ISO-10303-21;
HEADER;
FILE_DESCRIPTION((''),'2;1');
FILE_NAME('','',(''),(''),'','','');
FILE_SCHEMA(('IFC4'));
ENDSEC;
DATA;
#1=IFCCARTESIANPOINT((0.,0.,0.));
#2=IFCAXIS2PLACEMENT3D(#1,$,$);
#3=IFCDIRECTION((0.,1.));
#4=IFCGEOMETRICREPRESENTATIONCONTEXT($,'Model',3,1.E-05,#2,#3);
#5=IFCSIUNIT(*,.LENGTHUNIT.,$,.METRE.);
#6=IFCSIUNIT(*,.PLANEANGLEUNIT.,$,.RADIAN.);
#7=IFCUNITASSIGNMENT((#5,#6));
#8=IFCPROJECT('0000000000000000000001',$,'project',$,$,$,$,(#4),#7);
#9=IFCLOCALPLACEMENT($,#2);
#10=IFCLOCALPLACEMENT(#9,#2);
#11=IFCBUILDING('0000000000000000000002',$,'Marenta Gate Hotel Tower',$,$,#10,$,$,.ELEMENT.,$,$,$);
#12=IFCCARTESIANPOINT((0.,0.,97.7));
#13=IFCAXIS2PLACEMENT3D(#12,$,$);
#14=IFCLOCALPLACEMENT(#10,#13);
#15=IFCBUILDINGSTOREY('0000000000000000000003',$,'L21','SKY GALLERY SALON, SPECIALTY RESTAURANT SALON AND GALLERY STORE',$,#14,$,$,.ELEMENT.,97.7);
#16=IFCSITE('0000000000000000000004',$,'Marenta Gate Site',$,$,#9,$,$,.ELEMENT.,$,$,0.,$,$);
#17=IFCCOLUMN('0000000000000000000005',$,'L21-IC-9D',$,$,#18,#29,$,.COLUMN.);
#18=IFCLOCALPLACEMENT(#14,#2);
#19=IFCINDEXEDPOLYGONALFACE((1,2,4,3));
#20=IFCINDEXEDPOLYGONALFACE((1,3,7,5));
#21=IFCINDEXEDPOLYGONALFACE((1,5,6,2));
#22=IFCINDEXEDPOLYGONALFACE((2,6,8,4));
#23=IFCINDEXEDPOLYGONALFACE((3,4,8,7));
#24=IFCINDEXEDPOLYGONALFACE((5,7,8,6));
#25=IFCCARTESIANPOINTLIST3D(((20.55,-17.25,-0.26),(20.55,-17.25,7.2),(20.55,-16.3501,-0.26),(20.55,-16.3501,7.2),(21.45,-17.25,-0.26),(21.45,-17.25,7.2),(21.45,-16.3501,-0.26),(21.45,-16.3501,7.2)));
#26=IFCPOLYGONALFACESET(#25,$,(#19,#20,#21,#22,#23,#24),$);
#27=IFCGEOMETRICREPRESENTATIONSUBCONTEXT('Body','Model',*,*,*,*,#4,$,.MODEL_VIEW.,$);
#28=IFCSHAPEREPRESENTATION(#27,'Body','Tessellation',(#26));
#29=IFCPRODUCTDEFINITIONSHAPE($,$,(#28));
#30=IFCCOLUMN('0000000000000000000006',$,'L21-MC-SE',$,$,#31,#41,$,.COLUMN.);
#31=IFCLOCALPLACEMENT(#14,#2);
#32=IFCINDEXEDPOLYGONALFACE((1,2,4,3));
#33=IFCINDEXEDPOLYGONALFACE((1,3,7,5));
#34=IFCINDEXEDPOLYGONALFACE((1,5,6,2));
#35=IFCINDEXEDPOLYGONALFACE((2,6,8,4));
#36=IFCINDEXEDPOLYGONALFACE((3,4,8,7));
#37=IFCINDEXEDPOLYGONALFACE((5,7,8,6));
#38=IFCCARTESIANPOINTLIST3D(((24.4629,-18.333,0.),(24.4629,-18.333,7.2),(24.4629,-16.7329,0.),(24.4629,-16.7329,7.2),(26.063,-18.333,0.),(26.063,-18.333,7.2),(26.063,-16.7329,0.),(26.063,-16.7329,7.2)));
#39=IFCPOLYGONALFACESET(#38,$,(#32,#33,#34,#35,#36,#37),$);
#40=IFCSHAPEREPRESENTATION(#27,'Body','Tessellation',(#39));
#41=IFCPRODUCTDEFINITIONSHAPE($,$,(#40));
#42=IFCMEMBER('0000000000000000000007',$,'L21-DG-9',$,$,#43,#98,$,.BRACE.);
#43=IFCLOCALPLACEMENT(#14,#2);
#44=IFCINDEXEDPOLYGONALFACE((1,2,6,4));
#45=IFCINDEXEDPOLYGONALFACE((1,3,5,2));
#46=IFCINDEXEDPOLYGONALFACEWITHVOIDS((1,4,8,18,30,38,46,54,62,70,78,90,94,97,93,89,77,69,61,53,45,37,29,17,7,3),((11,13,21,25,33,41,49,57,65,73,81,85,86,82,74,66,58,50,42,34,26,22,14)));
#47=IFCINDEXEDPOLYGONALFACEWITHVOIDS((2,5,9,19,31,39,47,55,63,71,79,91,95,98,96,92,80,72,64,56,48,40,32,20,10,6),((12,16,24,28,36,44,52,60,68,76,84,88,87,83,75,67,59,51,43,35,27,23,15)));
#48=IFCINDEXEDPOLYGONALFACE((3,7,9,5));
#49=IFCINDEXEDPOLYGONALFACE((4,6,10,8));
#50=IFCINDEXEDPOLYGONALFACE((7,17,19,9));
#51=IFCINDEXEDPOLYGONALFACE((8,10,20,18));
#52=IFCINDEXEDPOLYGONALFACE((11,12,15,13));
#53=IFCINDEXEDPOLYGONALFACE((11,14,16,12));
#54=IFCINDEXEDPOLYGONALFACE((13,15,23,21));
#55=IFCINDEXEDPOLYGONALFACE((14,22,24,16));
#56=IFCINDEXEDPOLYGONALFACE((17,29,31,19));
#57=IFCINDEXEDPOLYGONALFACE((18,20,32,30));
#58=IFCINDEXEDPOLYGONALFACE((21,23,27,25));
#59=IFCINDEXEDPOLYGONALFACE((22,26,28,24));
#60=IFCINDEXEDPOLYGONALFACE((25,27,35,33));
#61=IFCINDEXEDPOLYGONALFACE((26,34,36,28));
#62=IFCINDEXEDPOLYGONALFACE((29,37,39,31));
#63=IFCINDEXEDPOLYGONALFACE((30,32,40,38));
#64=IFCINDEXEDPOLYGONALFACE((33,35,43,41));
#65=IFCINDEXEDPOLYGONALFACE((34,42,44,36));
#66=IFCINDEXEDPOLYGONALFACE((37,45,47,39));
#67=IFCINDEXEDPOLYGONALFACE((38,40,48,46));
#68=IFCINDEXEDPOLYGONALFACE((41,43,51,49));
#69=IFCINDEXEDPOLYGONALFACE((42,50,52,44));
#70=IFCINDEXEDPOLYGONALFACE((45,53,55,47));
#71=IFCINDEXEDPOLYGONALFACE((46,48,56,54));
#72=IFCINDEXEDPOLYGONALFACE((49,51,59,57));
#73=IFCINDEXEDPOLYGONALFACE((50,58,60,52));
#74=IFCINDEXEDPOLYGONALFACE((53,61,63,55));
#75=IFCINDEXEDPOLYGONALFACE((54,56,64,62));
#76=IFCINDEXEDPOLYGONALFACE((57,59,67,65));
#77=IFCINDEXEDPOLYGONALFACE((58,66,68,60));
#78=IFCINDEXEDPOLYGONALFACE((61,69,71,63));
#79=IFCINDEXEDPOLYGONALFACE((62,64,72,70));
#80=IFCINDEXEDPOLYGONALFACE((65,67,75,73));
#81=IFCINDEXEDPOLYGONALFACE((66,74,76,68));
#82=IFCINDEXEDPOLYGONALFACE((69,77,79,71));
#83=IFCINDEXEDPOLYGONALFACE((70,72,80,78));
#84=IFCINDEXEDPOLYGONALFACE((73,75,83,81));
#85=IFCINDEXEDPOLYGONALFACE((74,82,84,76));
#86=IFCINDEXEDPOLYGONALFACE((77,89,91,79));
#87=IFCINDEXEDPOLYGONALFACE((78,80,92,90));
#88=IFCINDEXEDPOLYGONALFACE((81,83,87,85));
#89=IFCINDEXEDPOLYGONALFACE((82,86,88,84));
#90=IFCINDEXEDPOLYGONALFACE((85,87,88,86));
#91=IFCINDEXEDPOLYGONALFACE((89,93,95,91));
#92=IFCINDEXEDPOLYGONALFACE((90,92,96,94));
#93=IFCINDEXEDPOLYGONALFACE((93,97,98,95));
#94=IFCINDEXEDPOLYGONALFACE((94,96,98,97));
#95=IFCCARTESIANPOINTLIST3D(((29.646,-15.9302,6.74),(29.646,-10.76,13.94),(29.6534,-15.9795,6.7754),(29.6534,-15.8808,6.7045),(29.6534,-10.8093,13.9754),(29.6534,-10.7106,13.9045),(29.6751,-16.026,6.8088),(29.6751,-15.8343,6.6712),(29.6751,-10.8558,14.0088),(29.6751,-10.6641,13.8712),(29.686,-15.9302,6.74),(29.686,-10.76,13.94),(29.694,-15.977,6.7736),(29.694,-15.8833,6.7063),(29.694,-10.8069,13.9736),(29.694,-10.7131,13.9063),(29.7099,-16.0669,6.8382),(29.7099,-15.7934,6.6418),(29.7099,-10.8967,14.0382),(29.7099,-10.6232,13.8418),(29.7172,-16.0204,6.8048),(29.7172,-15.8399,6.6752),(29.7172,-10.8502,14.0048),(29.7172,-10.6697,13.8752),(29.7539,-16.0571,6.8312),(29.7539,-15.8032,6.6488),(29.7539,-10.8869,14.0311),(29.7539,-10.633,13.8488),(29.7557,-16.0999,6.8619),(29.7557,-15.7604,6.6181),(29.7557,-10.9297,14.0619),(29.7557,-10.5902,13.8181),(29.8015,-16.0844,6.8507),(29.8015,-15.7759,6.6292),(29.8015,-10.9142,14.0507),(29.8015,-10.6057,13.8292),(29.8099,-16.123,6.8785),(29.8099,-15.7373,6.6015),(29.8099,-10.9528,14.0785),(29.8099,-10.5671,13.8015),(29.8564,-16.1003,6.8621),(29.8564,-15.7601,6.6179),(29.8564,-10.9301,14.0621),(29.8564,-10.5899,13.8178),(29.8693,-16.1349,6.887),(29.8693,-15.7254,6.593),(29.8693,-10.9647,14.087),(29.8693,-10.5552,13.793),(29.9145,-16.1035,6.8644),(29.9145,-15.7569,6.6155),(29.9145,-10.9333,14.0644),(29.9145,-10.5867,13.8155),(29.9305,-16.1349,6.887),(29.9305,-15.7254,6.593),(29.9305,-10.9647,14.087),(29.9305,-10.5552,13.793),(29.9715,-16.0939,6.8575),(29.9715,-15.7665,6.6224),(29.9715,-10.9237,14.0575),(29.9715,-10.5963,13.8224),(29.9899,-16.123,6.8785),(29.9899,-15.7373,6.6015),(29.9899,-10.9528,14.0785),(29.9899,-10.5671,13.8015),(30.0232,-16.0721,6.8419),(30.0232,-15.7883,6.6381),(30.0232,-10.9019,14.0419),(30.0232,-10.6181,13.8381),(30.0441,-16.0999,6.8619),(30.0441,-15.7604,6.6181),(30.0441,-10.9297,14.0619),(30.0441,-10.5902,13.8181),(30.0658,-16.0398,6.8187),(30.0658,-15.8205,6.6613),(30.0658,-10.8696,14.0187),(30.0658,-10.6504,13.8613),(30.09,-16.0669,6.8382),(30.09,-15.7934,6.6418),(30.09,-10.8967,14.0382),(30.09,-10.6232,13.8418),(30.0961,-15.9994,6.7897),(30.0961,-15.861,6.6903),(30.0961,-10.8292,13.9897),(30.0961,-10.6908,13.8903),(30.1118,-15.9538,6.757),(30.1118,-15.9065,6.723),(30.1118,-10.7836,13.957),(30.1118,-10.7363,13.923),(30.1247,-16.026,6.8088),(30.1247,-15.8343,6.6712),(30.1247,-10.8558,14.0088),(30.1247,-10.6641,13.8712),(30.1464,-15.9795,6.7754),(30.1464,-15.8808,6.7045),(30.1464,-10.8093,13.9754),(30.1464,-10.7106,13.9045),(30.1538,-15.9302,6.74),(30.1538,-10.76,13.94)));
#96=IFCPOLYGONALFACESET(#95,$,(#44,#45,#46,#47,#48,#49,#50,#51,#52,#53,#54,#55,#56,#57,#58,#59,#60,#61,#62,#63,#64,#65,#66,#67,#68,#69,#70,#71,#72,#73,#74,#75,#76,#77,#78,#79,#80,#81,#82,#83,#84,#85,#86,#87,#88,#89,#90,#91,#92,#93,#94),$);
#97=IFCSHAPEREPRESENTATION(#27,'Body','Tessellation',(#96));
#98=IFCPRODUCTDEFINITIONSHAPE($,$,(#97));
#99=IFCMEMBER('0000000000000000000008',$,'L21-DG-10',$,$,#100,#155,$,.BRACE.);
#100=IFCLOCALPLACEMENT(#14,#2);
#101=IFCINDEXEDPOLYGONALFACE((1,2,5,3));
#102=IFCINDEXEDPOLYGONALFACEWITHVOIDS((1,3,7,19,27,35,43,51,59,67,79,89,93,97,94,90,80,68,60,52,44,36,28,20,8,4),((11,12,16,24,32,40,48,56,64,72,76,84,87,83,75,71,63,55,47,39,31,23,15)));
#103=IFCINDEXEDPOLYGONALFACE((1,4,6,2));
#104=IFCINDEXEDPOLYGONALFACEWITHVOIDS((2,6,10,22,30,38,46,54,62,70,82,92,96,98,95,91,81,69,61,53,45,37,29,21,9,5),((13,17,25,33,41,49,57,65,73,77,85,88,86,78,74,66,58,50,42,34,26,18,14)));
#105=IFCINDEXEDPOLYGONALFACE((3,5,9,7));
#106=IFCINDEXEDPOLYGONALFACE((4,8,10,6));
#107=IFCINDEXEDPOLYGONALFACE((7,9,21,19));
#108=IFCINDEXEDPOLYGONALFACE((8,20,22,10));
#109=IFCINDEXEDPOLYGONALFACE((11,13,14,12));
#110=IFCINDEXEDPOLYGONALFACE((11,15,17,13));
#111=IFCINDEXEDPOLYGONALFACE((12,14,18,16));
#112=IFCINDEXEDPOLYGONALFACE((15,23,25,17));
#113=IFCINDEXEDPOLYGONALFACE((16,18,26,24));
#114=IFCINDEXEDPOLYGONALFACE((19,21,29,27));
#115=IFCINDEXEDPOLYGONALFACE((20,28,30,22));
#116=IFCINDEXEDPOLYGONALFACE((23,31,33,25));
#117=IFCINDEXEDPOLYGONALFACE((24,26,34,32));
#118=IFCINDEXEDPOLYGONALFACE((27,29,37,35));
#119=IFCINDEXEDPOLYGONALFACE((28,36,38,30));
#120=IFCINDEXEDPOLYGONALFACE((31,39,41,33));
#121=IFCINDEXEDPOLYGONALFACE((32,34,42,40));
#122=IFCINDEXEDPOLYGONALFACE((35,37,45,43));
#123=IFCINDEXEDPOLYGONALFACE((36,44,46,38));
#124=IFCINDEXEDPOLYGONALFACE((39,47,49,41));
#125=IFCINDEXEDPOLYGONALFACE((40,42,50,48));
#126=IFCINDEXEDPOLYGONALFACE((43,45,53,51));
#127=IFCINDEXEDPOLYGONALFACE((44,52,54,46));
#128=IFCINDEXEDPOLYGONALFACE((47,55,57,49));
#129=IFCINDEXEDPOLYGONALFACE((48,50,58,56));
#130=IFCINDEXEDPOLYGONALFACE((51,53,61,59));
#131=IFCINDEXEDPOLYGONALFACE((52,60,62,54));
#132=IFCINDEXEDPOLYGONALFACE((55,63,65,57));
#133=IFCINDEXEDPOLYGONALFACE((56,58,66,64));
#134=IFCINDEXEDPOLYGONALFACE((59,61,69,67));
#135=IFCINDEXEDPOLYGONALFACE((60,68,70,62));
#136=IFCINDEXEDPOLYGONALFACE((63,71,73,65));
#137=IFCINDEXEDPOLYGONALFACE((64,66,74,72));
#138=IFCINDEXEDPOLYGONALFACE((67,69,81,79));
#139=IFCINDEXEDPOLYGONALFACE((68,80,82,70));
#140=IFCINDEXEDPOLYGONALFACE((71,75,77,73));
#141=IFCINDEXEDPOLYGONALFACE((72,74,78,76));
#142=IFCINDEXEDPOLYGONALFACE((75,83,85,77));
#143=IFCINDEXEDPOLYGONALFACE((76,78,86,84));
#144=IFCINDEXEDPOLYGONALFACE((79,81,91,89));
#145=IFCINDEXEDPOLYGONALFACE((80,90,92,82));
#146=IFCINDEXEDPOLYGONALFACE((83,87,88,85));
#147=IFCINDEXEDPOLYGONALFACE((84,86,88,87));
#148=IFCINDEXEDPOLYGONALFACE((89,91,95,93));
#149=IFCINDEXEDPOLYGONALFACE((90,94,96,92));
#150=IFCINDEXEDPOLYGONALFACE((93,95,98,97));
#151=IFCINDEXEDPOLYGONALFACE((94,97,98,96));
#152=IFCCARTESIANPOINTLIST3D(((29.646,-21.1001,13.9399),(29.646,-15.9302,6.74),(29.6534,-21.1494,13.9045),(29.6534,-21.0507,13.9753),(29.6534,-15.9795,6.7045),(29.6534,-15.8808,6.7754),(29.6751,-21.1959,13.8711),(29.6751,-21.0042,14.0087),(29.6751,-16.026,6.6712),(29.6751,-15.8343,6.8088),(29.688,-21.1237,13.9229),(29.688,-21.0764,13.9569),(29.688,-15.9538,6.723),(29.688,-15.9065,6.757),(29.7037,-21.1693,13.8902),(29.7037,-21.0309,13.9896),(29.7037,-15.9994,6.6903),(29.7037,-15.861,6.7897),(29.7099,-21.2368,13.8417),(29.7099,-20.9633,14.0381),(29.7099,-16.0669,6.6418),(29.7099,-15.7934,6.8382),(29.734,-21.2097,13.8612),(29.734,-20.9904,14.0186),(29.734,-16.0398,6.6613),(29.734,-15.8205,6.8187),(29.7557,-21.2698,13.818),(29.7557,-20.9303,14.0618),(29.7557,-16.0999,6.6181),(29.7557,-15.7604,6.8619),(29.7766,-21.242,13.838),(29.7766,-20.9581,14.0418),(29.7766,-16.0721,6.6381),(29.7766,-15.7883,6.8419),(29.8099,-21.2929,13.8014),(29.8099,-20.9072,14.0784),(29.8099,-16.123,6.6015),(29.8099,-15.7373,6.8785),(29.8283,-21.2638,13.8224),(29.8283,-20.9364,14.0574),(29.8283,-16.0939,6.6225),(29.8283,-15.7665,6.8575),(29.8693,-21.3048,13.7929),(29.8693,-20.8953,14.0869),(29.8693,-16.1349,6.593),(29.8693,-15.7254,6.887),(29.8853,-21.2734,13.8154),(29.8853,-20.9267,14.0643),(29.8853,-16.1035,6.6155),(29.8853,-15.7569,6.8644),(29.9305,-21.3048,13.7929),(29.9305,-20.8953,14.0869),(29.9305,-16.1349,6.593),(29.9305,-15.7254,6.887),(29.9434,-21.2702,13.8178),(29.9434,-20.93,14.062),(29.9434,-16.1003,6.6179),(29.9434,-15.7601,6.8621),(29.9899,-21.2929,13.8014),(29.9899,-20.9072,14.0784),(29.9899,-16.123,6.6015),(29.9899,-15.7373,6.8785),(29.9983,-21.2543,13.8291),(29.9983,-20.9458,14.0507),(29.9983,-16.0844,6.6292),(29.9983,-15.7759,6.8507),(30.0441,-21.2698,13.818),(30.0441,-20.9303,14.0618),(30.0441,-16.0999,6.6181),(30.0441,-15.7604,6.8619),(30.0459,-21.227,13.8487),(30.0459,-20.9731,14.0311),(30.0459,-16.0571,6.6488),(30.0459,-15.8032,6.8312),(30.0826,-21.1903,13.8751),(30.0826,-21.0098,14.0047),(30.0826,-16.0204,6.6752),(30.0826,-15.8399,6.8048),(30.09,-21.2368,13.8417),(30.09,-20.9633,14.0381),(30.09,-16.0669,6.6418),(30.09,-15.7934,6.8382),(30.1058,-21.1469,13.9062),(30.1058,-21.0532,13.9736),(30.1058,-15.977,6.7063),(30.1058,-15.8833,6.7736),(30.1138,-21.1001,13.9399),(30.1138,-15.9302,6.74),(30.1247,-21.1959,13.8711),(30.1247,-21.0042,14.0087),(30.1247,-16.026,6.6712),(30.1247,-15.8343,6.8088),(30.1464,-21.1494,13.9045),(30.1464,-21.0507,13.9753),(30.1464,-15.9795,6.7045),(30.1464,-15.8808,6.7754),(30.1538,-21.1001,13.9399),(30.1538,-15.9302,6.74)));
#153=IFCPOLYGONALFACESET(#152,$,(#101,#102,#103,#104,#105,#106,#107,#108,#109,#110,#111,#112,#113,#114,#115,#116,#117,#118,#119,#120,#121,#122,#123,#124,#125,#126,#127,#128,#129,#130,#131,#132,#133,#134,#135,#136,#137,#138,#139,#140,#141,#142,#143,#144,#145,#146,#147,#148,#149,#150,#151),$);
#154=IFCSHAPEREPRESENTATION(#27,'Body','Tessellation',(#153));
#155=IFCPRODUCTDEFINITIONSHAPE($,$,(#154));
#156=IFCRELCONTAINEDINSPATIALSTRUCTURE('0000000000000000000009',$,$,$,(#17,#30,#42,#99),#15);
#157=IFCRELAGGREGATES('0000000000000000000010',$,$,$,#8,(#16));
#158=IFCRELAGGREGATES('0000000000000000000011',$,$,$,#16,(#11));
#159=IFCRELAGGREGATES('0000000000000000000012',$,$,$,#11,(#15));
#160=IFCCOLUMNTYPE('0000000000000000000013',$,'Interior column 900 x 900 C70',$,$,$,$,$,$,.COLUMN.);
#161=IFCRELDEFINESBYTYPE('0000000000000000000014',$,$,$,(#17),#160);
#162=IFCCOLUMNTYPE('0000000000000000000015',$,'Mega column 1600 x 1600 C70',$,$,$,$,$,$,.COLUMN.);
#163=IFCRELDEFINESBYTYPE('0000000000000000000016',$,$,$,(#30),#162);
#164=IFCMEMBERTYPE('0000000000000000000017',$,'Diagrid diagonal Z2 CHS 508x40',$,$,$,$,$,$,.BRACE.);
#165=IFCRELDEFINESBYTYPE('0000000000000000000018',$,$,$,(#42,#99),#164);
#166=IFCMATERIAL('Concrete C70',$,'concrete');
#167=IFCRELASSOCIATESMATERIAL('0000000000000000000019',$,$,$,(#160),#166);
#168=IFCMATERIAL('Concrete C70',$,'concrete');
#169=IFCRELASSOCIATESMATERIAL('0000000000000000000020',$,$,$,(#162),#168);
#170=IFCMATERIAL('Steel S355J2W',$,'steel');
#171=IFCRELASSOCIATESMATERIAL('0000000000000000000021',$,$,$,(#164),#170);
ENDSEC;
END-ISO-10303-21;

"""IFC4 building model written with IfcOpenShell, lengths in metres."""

from ifc_helpers import new_model, si_unit, direction, frame, origin, origin_2d, place, context, subcontext, project, spatial, rectangle, hollow_circle, extrude, material, material_profile, profile_set, type_object, element, save


model = new_model("IFC4")

# Units and contexts
model_context = context("Model", 3, precision=1e-05, world=origin(), true_north=direction((0.0, 1.0)))
body_context = subcontext(model_context, "Body", "Model", "MODEL_VIEW")
ifc_project = project(units=[si_unit("LENGTHUNIT", "METRE"), si_unit("PLANEANGLEUNIT", "RADIAN")], contexts=[model_context])

# Site, building, storey
site_placement = place(None, origin())
site = spatial("IfcSite", under=ifc_project, at=site_placement, Name="Marenta Gate Site", CompositionType="ELEMENT", RefElevation=0.0)
building_placement = place(site_placement, origin())
building = spatial("IfcBuilding", under=site, at=building_placement, Name="Marenta Gate Hotel Tower", CompositionType="ELEMENT")
storey_placement = place(building_placement, frame((0.0, 0.0, 97.7)))
storey = spatial("IfcBuildingStorey", under=building, at=storey_placement, Name="L21", Description="SKY GALLERY SALON, SPECIALTY RESTAURANT SALON AND GALLERY STORE", CompositionType="ELEMENT", Elevation=97.7)

# Columns
ifc_material_1 = material(Name="Concrete C70", Category="concrete")
ifc_material_profile_1 = material_profile(ifc_material_1, rectangle(XDim=0.8999, YDim=0.8999, at=origin_2d()), Name="900 x 900")
ifc_profile_set_1 = profile_set([ifc_material_profile_1], Name="Concrete C70")
column_type_1 = type_object("IfcColumnType", Name="Interior column 900 x 900 C70", PredefinedType="COLUMN", material=ifc_profile_set_1)
column_1_placement = place(storey_placement, frame((21.0, -16.8, -0.26), z_axis=(0.0, 0.0, 1.0), x_axis=(1.0, 0.0, 0.0)))
element("IfcColumn", 1, at=column_1_placement, inside=storey, type_object=column_type_1, Name="L21-IC-9D", PredefinedType="COLUMN", context=body_context, shape_type="SweptSolid", body=[
    extrude(rectangle(XDim=0.8999, YDim=0.8999, at=origin_2d()), origin(), (0.0, 0.0, 1.0), 7.46),
])
ifc_material_2 = material(Name="Concrete C70", Category="concrete")
ifc_material_profile_2 = material_profile(ifc_material_2, rectangle(XDim=1.6001, YDim=1.6001, at=origin_2d()), Name="1600 x 1600")
ifc_profile_set_2 = profile_set([ifc_material_profile_2], Name="Concrete C70")
column_type_2 = type_object("IfcColumnType", Name="Mega column 1600 x 1600 C70", PredefinedType="COLUMN", material=ifc_profile_set_2)
column_2_placement = place(storey_placement, frame((25.2629, -17.533, 0.0), z_axis=(0.0, 0.0, 1.0), x_axis=(1.0, 0.0, 0.0)))
element("IfcColumn", 2, at=column_2_placement, inside=storey, type_object=column_type_2, Name="L21-MC-SE", PredefinedType="COLUMN", context=body_context, shape_type="SweptSolid", body=[
    extrude(rectangle(XDim=1.6001, YDim=1.6001, at=origin_2d()), origin(), (0.0, 0.0, 1.0), 7.2),
])

# Members
ifc_material_3 = material(Name="Steel S355J2W", Category="steel")
ifc_material_profile_3 = material_profile(ifc_material_3, hollow_circle(Radius=0.2539, WallThickness=0.04, at=origin_2d()), Name="CHS 508x40")
ifc_profile_set_3 = profile_set([ifc_material_profile_3], Name="Steel S355J2W")
member_type_1 = type_object("IfcMemberType", Name="Diagrid diagonal Z2 CHS 508x40", PredefinedType="BRACE", material=ifc_profile_set_3)
member_1_placement = place(storey_placement, frame((29.8999, -15.9302, 6.74), z_axis=(0.0, 0.583279, 0.812272), x_axis=(-1.0, 0.0, 0.0)))
element("IfcMember", 3, at=member_1_placement, inside=storey, type_object=member_type_1, Name="L21-DG-9", PredefinedType="BRACE", context=body_context, shape_type="SweptSolid", body=[
    extrude(hollow_circle(Radius=0.2539, WallThickness=0.04, at=origin_2d()), origin(), (0.0, 0.0, 1.0), 8.864),
])
member_2_placement = place(storey_placement, frame((29.8999, -15.9302, 6.74), z_axis=(0.0, -0.583261, 0.812285), x_axis=(1.0, 0.0, 0.0)))
element("IfcMember", 4, at=member_2_placement, inside=storey, type_object=member_type_1, Name="L21-DG-10", PredefinedType="BRACE", context=body_context, shape_type="SweptSolid", body=[
    extrude(hollow_circle(Radius=0.2539, WallThickness=0.04, at=origin_2d()), origin(), (0.0, 0.0, 1.0), 8.8638),
])

save(model, "model.ifc")
